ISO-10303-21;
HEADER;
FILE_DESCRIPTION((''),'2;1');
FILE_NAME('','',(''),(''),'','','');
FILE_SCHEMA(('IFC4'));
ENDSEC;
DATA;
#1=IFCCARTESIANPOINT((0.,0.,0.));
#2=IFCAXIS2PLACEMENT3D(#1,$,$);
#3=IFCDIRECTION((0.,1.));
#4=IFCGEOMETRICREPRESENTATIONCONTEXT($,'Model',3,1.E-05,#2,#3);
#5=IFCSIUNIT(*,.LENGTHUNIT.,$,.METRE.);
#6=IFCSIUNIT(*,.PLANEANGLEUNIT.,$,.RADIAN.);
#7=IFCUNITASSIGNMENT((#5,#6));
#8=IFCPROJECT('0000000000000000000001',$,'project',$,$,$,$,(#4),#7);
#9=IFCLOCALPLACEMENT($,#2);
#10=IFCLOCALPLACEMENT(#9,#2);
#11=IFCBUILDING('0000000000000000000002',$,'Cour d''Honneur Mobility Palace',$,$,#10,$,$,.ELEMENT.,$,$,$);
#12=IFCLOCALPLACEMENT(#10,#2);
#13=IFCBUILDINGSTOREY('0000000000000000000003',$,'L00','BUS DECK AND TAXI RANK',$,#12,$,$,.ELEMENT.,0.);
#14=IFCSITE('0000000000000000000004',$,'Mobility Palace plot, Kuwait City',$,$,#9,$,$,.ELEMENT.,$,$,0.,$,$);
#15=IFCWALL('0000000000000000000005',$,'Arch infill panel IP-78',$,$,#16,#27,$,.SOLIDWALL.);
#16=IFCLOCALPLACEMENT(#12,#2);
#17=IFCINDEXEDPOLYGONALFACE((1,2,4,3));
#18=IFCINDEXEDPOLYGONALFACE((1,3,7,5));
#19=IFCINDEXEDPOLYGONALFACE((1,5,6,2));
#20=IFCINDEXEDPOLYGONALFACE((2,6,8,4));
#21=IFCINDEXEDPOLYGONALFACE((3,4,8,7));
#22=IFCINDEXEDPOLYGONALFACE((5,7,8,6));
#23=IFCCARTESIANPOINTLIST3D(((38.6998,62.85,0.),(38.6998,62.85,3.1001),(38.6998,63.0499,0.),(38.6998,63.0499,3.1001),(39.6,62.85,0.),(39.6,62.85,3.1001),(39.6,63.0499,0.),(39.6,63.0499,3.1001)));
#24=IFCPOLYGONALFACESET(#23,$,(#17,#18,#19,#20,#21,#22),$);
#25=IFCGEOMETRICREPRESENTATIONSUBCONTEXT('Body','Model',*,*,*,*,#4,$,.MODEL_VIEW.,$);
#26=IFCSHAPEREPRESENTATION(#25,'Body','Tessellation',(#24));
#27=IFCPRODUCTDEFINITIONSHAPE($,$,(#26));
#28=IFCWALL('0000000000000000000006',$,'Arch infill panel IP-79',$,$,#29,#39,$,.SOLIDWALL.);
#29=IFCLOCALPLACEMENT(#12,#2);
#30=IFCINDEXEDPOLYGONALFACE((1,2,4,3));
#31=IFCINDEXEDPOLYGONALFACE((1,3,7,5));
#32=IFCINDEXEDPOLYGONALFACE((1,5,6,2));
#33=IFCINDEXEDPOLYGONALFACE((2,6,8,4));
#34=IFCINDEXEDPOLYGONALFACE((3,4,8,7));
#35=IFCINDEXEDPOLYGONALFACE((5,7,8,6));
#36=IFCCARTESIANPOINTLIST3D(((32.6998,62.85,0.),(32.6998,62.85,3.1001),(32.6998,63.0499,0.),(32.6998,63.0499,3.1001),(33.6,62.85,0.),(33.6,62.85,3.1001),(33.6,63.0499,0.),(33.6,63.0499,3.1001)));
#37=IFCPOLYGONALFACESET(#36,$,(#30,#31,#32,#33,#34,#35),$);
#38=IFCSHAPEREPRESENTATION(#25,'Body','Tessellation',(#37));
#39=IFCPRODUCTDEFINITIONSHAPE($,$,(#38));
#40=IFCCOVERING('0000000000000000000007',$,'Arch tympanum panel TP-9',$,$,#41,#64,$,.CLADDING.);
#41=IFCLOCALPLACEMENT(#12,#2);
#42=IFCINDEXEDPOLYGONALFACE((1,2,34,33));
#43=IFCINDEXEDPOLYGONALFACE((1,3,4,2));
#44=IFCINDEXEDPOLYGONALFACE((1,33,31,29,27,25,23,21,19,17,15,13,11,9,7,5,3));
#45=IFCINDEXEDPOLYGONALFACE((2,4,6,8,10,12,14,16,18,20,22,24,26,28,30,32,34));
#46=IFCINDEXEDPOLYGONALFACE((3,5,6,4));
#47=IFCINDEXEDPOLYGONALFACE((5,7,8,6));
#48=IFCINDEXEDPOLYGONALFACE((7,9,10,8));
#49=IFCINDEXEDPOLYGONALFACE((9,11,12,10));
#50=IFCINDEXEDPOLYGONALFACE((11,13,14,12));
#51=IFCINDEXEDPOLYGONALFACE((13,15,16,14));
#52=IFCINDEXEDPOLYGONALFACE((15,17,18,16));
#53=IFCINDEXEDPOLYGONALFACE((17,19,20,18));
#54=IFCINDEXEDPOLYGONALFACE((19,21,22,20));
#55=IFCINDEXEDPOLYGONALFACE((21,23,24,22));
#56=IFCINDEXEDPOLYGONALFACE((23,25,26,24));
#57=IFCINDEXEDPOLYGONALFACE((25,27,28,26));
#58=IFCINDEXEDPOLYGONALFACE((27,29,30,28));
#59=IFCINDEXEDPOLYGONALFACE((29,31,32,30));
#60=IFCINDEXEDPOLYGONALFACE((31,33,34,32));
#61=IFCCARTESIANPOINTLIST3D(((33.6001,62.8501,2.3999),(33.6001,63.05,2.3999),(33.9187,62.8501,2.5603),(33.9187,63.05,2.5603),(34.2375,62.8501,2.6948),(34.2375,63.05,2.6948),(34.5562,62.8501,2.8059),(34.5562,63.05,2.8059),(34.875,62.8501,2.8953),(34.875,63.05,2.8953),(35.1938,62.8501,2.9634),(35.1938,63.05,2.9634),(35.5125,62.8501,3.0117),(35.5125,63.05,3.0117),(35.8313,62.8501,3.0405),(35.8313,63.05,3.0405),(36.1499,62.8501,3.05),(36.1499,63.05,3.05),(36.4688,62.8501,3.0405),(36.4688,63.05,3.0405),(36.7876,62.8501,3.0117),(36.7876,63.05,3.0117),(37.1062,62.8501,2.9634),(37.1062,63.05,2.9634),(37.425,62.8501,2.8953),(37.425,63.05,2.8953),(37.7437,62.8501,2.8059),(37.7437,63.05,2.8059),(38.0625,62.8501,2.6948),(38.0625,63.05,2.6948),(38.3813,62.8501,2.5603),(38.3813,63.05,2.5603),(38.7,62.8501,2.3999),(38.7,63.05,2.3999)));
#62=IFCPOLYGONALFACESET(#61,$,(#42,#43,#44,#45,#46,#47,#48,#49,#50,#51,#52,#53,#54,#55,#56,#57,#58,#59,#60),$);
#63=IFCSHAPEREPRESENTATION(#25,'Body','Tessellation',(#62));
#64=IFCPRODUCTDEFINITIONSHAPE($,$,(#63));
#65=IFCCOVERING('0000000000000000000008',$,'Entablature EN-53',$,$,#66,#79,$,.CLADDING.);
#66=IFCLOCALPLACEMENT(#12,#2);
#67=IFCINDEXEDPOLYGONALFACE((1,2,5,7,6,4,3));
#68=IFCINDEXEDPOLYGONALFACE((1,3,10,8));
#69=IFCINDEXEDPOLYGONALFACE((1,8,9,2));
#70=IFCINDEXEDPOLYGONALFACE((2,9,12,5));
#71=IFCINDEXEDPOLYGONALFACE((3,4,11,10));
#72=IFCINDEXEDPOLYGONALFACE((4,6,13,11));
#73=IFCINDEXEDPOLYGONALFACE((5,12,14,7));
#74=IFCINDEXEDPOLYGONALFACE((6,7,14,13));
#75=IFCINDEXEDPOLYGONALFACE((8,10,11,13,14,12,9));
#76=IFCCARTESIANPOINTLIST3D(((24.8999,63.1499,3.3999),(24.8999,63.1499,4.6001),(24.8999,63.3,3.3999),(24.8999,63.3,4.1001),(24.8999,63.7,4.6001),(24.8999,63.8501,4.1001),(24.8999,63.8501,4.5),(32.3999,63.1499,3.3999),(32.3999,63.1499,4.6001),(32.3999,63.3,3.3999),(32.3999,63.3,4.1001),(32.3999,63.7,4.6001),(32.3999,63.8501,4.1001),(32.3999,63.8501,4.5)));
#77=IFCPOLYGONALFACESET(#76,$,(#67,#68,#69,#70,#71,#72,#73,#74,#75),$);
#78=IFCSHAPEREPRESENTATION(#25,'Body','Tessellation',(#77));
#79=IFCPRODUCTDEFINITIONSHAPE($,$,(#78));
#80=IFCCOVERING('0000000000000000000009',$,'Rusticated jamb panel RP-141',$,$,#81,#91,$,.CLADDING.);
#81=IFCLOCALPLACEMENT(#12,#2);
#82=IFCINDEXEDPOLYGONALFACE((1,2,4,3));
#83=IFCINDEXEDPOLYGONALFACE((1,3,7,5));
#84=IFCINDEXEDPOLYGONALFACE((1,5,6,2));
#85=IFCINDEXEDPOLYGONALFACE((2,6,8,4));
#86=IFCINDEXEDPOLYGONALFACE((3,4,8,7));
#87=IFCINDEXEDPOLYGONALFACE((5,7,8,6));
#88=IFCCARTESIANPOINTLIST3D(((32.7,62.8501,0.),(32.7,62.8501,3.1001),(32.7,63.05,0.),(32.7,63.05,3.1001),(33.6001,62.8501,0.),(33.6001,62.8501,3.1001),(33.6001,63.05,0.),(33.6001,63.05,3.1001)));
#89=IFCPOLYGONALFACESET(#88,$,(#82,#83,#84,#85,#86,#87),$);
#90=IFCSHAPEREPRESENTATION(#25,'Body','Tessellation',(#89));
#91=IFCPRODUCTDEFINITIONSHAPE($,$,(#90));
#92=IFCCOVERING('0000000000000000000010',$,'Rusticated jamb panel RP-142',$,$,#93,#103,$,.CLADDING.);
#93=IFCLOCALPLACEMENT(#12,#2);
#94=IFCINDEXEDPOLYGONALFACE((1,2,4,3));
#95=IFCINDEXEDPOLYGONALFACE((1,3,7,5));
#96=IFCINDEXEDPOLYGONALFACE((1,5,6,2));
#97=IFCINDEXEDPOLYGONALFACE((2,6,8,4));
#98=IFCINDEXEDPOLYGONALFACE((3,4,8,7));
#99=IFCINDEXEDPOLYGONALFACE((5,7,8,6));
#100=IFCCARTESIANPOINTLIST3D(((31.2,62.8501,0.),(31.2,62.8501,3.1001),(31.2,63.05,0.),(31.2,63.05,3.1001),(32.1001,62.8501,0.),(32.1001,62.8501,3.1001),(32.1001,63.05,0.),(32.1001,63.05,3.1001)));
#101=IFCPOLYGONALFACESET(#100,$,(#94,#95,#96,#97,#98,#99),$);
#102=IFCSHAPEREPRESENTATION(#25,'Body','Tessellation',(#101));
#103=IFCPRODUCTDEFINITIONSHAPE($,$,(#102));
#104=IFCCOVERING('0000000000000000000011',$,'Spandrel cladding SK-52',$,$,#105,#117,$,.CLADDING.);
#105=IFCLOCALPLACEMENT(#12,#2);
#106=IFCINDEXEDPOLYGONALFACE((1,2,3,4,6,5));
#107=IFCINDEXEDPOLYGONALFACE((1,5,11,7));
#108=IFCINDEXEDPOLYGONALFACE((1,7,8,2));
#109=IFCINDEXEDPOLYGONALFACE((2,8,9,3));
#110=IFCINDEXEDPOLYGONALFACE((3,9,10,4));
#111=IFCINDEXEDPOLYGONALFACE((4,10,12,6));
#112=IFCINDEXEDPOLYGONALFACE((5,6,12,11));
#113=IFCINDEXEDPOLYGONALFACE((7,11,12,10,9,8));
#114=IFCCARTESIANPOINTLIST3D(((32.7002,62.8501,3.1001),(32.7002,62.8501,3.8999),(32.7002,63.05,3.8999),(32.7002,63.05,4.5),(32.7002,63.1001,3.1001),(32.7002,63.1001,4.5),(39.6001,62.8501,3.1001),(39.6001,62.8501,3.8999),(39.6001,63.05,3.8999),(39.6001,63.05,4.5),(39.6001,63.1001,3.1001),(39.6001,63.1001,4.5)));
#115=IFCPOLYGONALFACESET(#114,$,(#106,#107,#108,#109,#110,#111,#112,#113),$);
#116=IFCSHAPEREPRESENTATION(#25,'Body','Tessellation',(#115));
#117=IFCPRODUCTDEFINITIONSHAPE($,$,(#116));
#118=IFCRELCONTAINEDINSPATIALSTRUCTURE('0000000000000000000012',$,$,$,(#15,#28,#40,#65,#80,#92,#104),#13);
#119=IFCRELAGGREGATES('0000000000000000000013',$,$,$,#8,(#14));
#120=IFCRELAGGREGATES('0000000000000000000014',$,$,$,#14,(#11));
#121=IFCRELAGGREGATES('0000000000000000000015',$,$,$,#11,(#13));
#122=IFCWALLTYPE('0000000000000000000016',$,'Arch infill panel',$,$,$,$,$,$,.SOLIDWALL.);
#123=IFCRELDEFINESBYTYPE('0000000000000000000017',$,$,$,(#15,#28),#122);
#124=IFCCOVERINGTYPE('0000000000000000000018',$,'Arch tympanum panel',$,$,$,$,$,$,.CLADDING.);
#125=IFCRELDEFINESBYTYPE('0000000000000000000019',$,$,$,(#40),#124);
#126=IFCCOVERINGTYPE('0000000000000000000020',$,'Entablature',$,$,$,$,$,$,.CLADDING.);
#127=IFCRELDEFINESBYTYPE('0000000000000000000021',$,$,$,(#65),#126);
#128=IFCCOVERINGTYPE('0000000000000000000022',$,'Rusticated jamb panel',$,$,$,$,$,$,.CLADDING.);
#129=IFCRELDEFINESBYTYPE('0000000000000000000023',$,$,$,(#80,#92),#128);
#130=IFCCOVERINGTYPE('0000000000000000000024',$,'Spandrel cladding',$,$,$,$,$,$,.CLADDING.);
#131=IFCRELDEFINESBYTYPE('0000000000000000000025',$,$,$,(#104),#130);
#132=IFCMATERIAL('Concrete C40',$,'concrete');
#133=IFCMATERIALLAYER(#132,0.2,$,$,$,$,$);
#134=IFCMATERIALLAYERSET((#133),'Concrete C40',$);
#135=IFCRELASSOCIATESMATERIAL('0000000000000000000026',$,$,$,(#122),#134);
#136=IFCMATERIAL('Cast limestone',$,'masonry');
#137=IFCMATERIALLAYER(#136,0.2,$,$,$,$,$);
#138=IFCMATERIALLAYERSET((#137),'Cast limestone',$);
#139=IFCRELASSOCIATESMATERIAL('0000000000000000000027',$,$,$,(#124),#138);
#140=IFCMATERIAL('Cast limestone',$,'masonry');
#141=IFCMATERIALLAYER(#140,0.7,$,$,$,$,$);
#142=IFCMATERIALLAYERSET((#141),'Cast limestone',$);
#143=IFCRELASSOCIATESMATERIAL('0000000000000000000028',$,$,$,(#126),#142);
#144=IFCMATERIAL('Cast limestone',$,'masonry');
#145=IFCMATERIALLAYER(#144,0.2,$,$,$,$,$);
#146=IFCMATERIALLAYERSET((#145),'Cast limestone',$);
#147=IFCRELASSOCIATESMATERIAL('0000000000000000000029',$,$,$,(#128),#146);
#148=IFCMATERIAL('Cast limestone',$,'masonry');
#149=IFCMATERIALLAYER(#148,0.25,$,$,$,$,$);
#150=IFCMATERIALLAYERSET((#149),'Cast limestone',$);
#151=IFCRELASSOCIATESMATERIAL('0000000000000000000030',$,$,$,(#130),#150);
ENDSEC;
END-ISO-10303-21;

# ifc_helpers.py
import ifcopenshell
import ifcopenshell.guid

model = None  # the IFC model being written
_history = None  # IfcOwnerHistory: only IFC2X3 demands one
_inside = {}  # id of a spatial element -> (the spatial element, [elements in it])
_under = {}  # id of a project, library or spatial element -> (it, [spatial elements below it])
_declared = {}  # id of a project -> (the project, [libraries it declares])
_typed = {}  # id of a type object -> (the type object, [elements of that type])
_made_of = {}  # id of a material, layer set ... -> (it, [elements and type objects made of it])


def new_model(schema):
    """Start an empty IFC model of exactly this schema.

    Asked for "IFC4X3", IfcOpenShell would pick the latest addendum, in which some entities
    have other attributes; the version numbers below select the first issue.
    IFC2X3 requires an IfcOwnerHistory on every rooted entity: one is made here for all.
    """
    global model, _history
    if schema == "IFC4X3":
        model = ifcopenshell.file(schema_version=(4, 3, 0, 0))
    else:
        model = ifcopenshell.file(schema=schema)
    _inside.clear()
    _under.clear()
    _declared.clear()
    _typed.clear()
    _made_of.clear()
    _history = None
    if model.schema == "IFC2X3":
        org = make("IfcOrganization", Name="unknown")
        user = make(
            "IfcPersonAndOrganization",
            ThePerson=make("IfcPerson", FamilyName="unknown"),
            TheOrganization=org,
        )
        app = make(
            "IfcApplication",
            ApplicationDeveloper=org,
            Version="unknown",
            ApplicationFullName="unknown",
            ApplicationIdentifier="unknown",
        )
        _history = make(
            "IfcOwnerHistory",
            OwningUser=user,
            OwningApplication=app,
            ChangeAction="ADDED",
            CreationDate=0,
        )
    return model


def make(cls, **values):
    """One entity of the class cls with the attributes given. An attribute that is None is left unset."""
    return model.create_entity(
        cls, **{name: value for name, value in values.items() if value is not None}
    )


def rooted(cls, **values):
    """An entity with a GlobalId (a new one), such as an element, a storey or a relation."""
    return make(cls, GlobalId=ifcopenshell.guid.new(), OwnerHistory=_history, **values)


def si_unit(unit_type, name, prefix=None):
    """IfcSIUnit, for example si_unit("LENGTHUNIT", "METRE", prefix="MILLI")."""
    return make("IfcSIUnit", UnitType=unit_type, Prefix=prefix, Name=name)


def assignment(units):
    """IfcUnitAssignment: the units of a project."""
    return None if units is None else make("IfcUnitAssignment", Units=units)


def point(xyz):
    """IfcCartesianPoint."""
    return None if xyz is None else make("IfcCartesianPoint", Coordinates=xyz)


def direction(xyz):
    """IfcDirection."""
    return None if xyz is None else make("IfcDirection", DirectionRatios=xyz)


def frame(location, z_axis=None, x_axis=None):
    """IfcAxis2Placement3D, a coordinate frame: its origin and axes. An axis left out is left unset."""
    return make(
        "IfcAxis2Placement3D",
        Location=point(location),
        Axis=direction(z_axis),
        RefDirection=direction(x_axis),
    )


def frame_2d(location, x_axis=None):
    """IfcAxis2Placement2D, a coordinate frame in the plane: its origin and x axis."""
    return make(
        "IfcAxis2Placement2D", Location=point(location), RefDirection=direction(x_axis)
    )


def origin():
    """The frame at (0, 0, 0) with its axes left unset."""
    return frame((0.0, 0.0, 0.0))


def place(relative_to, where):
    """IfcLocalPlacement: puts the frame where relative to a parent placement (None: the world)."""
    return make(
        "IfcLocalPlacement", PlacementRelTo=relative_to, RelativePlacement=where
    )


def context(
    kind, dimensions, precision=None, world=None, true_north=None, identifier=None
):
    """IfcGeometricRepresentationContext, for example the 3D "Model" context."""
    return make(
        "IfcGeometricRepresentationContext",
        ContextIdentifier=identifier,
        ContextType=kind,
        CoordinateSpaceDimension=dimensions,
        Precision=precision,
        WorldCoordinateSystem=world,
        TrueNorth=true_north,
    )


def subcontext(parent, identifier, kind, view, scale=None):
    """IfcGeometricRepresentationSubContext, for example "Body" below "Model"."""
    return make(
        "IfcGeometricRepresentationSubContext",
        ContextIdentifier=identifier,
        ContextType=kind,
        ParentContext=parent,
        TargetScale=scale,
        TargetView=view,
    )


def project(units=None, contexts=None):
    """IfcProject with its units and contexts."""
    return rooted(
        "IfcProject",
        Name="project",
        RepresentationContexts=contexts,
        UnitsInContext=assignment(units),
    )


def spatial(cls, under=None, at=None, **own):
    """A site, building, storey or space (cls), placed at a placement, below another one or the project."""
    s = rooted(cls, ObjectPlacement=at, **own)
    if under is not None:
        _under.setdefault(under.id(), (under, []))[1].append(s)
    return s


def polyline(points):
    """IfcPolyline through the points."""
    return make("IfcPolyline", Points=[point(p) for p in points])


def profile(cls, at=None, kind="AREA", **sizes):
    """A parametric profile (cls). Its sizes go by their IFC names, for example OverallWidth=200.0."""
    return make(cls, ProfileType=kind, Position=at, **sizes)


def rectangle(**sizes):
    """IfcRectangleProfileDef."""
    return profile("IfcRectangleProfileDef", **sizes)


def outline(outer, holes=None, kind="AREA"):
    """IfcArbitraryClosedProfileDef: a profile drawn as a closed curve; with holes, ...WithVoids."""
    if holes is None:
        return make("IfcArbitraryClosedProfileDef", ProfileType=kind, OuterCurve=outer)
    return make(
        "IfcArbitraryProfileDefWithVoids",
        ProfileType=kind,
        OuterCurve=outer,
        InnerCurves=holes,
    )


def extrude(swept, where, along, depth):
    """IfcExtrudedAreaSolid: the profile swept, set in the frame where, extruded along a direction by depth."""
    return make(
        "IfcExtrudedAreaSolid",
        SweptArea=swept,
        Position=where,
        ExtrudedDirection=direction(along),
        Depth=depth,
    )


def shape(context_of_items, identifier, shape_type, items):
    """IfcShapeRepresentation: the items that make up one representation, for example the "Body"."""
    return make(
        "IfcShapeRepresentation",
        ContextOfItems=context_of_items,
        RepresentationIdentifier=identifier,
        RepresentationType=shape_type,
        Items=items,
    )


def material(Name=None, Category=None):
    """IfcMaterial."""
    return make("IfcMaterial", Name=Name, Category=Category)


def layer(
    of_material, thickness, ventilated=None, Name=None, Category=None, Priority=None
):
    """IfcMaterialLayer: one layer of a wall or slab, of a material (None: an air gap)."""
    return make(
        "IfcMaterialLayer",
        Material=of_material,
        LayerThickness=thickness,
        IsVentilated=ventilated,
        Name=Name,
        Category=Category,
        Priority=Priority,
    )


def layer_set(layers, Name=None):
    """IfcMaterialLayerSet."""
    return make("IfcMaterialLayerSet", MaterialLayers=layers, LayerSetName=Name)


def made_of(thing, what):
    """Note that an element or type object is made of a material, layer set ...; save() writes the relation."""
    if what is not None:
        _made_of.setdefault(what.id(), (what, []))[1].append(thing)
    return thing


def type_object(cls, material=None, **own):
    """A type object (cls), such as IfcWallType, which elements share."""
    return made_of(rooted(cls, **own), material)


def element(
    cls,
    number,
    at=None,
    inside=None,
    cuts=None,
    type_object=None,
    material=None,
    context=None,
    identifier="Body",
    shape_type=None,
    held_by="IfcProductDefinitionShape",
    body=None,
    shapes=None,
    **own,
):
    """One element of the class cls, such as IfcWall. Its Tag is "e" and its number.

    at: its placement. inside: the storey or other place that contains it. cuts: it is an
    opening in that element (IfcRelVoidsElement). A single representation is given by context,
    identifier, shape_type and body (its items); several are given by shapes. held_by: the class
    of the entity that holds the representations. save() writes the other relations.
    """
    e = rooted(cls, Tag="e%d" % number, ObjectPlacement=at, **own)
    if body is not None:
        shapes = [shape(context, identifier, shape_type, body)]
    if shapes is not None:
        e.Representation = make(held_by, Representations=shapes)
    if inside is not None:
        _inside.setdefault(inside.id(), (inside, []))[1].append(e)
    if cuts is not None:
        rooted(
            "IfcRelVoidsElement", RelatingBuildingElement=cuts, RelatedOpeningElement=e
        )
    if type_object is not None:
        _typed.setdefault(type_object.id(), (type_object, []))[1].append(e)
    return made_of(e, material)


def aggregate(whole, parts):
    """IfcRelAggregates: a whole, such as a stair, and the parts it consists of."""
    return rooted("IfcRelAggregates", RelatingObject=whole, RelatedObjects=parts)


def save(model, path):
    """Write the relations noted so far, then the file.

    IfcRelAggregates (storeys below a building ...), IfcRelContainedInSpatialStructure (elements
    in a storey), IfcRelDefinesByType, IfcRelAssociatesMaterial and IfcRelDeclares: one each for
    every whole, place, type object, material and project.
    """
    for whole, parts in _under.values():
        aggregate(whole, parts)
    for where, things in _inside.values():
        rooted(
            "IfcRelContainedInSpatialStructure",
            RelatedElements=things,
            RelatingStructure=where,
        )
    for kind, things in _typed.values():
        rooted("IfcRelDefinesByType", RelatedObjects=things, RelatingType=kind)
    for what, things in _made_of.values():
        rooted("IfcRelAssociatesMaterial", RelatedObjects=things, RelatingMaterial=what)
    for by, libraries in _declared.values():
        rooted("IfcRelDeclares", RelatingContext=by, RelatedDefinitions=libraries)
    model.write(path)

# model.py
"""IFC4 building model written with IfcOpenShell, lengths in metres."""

from ifc_helpers import new_model, si_unit, direction, frame, frame_2d, origin, place, context, subcontext, project, spatial, polyline, rectangle, outline, extrude, material, layer, layer_set, type_object, element, save


model = new_model("IFC4")

# Units and contexts
model_context = context("Model", 3, precision=1e-05, world=origin(), true_north=direction((0.0, 1.0)))
body_context = subcontext(model_context, "Body", "Model", "MODEL_VIEW")
ifc_project = project(units=[si_unit("LENGTHUNIT", "METRE"), si_unit("PLANEANGLEUNIT", "RADIAN")], contexts=[model_context])

# Site, building, storey
site_placement = place(None, origin())
site = spatial("IfcSite", under=ifc_project, at=site_placement, Name="Mobility Palace plot, Kuwait City", CompositionType="ELEMENT", RefElevation=0.0)
building_placement = place(site_placement, origin())
building = spatial("IfcBuilding", under=site, at=building_placement, Name="Cour d'Honneur Mobility Palace", CompositionType="ELEMENT")
storey_placement = place(building_placement, origin())
storey = spatial("IfcBuildingStorey", under=building, at=storey_placement, Name="L00", Description="BUS DECK AND TAXI RANK", CompositionType="ELEMENT", Elevation=0.0)

# Walls
ifc_material_1 = material(Name="Concrete C40", Category="concrete")
ifc_layer_1 = layer(ifc_material_1, 0.2)
ifc_layer_set_1 = layer_set([ifc_layer_1], Name="Concrete C40")
wall_type = type_object("IfcWallType", Name="Arch infill panel", PredefinedType="SOLIDWALL", material=ifc_layer_set_1)
for number, where, z_axis, x_axis, name in (
    (1, (39.6001, 62.95, 0.0), (0.0, 0.0, 1.0), (-1.0, 0.0, 0.0), "Arch infill panel IP-78"),
    (2, (33.6001, 62.95, 0.0), (0.0, 0.0, 1.0), (-1.0, 0.0, 0.0), "Arch infill panel IP-79"),
):
    element("IfcWall", number, at=place(storey_placement, frame(where, z_axis=z_axis, x_axis=x_axis)), inside=storey, type_object=wall_type, Name=name, PredefinedType="SOLIDWALL", context=body_context, shape_type="SweptSolid", body=[
        extrude(rectangle(XDim=0.9001, YDim=0.2, at=frame_2d((0.4502, 0.0))), origin(), (0.0, 0.0, 1.0), 3.1001),
    ])

# Coverings
ifc_material_2 = material(Name="Cast limestone", Category="masonry")
ifc_layer_2 = layer(ifc_material_2, 0.2)
ifc_layer_set_2 = layer_set([ifc_layer_2], Name="Cast limestone")
covering_type_1 = type_object("IfcCoveringType", Name="Arch tympanum panel", PredefinedType="CLADDING", material=ifc_layer_set_2)
covering_1_placement = place(storey_placement, frame((38.7, 63.05, 2.3999), z_axis=(0.0, 1.0, 0.0), x_axis=(-1.0, 0.0, 0.0)))
element("IfcCovering", 3, at=covering_1_placement, inside=storey, type_object=covering_type_1, Name="Arch tympanum panel TP-9", PredefinedType="CLADDING", context=body_context, shape_type="SweptSolid", body=[
    extrude(outline(polyline([(0.0, 0.0), (5.0999, 0.0), (5.0999, 0.0), (4.7812, 0.1604), (4.4624, 0.2949), (4.1438, 0.406), (3.825, 0.4954), (3.5061, 0.5635), (3.1875, 0.6118), (2.8687, 0.6406), (2.55, 0.6501), (2.2312, 0.6406), (1.9124, 0.6118), (1.5938, 0.5635), (1.2749, 0.4954), (0.9563, 0.406), (0.6375, 0.2949), (0.3186, 0.1604), (0.0, 0.0), (0.0, 0.0)])), origin(), (0.0, 0.0, -1.0), 0.2),
])
ifc_material_3 = material(Name="Cast limestone", Category="masonry")
ifc_layer_3 = layer(ifc_material_3, 0.7)
ifc_layer_set_3 = layer_set([ifc_layer_3], Name="Cast limestone")
covering_type_2 = type_object("IfcCoveringType", Name="Entablature", PredefinedType="CLADDING", material=ifc_layer_set_3)
covering_2_placement = place(storey_placement, frame((32.3999, 63.1499, 3.3999), z_axis=(1.0, 0.0, 0.0), x_axis=(0.0, 1.0, 0.0)))
element("IfcCovering", 4, at=covering_2_placement, inside=storey, type_object=covering_type_2, Name="Entablature EN-53", PredefinedType="CLADDING", context=body_context, shape_type="SweptSolid", body=[
    extrude(outline(polyline([(0.0, 0.0), (0.1501, 0.0), (0.1501, 0.7002), (0.7002, 0.7002), (0.7002, 1.1001), (0.55, 1.2002), (0.0, 1.2002), (0.0, 0.0)])), origin(), (0.0, 0.0, -1.0), 7.5),
])
ifc_material_4 = material(Name="Cast limestone", Category="masonry")
ifc_layer_4 = layer(ifc_material_4, 0.2)
ifc_layer_set_4 = layer_set([ifc_layer_4], Name="Cast limestone")
covering_type_3 = type_object("IfcCoveringType", Name="Rusticated jamb panel", PredefinedType="CLADDING", material=ifc_layer_set_4)
for number, where, z_axis, x_axis, name in (
    (5, (33.6001, 63.05, 0.0), (0.0, 1.0, 0.0), (-1.0, 0.0, 0.0), "Rusticated jamb panel RP-141"),
    (6, (32.1001, 63.05, 0.0), (0.0, 1.0, 0.0), (-1.0, 0.0, 0.0), "Rusticated jamb panel RP-142"),
):
    element("IfcCovering", number, at=place(storey_placement, frame(where, z_axis=z_axis, x_axis=x_axis)), inside=storey, type_object=covering_type_3, Name=name, PredefinedType="CLADDING", context=body_context, shape_type="SweptSolid", body=[
        extrude(outline(polyline([(0.0, 0.0), (0.9001, 0.0), (0.9001, 3.1001), (0.0, 3.1001), (0.0, 0.0)])), origin(), (0.0, 0.0, -1.0), 0.2),
    ])
ifc_material_5 = material(Name="Cast limestone", Category="masonry")
ifc_layer_5 = layer(ifc_material_5, 0.25)
ifc_layer_set_5 = layer_set([ifc_layer_5], Name="Cast limestone")
covering_type_4 = type_object("IfcCoveringType", Name="Spandrel cladding", PredefinedType="CLADDING", material=ifc_layer_set_5)
covering_3_placement = place(storey_placement, frame((39.6001, 62.8501, 3.1001), z_axis=(1.0, 0.0, 0.0), x_axis=(0.0, 1.0, 0.0)))
element("IfcCovering", 7, at=covering_3_placement, inside=storey, type_object=covering_type_4, Name="Spandrel cladding SK-52", PredefinedType="CLADDING", context=body_context, shape_type="SweptSolid", body=[
    extrude(outline(polyline([(0.0, 0.0), (0.25, 0.0), (0.25, 1.3999), (0.2, 1.3999), (0.2, 0.7998), (0.0, 0.7998), (0.0, 0.0)])), origin(), (0.0, 0.0, -1.0), 6.8999),
])

save(model, "model.ifc")
